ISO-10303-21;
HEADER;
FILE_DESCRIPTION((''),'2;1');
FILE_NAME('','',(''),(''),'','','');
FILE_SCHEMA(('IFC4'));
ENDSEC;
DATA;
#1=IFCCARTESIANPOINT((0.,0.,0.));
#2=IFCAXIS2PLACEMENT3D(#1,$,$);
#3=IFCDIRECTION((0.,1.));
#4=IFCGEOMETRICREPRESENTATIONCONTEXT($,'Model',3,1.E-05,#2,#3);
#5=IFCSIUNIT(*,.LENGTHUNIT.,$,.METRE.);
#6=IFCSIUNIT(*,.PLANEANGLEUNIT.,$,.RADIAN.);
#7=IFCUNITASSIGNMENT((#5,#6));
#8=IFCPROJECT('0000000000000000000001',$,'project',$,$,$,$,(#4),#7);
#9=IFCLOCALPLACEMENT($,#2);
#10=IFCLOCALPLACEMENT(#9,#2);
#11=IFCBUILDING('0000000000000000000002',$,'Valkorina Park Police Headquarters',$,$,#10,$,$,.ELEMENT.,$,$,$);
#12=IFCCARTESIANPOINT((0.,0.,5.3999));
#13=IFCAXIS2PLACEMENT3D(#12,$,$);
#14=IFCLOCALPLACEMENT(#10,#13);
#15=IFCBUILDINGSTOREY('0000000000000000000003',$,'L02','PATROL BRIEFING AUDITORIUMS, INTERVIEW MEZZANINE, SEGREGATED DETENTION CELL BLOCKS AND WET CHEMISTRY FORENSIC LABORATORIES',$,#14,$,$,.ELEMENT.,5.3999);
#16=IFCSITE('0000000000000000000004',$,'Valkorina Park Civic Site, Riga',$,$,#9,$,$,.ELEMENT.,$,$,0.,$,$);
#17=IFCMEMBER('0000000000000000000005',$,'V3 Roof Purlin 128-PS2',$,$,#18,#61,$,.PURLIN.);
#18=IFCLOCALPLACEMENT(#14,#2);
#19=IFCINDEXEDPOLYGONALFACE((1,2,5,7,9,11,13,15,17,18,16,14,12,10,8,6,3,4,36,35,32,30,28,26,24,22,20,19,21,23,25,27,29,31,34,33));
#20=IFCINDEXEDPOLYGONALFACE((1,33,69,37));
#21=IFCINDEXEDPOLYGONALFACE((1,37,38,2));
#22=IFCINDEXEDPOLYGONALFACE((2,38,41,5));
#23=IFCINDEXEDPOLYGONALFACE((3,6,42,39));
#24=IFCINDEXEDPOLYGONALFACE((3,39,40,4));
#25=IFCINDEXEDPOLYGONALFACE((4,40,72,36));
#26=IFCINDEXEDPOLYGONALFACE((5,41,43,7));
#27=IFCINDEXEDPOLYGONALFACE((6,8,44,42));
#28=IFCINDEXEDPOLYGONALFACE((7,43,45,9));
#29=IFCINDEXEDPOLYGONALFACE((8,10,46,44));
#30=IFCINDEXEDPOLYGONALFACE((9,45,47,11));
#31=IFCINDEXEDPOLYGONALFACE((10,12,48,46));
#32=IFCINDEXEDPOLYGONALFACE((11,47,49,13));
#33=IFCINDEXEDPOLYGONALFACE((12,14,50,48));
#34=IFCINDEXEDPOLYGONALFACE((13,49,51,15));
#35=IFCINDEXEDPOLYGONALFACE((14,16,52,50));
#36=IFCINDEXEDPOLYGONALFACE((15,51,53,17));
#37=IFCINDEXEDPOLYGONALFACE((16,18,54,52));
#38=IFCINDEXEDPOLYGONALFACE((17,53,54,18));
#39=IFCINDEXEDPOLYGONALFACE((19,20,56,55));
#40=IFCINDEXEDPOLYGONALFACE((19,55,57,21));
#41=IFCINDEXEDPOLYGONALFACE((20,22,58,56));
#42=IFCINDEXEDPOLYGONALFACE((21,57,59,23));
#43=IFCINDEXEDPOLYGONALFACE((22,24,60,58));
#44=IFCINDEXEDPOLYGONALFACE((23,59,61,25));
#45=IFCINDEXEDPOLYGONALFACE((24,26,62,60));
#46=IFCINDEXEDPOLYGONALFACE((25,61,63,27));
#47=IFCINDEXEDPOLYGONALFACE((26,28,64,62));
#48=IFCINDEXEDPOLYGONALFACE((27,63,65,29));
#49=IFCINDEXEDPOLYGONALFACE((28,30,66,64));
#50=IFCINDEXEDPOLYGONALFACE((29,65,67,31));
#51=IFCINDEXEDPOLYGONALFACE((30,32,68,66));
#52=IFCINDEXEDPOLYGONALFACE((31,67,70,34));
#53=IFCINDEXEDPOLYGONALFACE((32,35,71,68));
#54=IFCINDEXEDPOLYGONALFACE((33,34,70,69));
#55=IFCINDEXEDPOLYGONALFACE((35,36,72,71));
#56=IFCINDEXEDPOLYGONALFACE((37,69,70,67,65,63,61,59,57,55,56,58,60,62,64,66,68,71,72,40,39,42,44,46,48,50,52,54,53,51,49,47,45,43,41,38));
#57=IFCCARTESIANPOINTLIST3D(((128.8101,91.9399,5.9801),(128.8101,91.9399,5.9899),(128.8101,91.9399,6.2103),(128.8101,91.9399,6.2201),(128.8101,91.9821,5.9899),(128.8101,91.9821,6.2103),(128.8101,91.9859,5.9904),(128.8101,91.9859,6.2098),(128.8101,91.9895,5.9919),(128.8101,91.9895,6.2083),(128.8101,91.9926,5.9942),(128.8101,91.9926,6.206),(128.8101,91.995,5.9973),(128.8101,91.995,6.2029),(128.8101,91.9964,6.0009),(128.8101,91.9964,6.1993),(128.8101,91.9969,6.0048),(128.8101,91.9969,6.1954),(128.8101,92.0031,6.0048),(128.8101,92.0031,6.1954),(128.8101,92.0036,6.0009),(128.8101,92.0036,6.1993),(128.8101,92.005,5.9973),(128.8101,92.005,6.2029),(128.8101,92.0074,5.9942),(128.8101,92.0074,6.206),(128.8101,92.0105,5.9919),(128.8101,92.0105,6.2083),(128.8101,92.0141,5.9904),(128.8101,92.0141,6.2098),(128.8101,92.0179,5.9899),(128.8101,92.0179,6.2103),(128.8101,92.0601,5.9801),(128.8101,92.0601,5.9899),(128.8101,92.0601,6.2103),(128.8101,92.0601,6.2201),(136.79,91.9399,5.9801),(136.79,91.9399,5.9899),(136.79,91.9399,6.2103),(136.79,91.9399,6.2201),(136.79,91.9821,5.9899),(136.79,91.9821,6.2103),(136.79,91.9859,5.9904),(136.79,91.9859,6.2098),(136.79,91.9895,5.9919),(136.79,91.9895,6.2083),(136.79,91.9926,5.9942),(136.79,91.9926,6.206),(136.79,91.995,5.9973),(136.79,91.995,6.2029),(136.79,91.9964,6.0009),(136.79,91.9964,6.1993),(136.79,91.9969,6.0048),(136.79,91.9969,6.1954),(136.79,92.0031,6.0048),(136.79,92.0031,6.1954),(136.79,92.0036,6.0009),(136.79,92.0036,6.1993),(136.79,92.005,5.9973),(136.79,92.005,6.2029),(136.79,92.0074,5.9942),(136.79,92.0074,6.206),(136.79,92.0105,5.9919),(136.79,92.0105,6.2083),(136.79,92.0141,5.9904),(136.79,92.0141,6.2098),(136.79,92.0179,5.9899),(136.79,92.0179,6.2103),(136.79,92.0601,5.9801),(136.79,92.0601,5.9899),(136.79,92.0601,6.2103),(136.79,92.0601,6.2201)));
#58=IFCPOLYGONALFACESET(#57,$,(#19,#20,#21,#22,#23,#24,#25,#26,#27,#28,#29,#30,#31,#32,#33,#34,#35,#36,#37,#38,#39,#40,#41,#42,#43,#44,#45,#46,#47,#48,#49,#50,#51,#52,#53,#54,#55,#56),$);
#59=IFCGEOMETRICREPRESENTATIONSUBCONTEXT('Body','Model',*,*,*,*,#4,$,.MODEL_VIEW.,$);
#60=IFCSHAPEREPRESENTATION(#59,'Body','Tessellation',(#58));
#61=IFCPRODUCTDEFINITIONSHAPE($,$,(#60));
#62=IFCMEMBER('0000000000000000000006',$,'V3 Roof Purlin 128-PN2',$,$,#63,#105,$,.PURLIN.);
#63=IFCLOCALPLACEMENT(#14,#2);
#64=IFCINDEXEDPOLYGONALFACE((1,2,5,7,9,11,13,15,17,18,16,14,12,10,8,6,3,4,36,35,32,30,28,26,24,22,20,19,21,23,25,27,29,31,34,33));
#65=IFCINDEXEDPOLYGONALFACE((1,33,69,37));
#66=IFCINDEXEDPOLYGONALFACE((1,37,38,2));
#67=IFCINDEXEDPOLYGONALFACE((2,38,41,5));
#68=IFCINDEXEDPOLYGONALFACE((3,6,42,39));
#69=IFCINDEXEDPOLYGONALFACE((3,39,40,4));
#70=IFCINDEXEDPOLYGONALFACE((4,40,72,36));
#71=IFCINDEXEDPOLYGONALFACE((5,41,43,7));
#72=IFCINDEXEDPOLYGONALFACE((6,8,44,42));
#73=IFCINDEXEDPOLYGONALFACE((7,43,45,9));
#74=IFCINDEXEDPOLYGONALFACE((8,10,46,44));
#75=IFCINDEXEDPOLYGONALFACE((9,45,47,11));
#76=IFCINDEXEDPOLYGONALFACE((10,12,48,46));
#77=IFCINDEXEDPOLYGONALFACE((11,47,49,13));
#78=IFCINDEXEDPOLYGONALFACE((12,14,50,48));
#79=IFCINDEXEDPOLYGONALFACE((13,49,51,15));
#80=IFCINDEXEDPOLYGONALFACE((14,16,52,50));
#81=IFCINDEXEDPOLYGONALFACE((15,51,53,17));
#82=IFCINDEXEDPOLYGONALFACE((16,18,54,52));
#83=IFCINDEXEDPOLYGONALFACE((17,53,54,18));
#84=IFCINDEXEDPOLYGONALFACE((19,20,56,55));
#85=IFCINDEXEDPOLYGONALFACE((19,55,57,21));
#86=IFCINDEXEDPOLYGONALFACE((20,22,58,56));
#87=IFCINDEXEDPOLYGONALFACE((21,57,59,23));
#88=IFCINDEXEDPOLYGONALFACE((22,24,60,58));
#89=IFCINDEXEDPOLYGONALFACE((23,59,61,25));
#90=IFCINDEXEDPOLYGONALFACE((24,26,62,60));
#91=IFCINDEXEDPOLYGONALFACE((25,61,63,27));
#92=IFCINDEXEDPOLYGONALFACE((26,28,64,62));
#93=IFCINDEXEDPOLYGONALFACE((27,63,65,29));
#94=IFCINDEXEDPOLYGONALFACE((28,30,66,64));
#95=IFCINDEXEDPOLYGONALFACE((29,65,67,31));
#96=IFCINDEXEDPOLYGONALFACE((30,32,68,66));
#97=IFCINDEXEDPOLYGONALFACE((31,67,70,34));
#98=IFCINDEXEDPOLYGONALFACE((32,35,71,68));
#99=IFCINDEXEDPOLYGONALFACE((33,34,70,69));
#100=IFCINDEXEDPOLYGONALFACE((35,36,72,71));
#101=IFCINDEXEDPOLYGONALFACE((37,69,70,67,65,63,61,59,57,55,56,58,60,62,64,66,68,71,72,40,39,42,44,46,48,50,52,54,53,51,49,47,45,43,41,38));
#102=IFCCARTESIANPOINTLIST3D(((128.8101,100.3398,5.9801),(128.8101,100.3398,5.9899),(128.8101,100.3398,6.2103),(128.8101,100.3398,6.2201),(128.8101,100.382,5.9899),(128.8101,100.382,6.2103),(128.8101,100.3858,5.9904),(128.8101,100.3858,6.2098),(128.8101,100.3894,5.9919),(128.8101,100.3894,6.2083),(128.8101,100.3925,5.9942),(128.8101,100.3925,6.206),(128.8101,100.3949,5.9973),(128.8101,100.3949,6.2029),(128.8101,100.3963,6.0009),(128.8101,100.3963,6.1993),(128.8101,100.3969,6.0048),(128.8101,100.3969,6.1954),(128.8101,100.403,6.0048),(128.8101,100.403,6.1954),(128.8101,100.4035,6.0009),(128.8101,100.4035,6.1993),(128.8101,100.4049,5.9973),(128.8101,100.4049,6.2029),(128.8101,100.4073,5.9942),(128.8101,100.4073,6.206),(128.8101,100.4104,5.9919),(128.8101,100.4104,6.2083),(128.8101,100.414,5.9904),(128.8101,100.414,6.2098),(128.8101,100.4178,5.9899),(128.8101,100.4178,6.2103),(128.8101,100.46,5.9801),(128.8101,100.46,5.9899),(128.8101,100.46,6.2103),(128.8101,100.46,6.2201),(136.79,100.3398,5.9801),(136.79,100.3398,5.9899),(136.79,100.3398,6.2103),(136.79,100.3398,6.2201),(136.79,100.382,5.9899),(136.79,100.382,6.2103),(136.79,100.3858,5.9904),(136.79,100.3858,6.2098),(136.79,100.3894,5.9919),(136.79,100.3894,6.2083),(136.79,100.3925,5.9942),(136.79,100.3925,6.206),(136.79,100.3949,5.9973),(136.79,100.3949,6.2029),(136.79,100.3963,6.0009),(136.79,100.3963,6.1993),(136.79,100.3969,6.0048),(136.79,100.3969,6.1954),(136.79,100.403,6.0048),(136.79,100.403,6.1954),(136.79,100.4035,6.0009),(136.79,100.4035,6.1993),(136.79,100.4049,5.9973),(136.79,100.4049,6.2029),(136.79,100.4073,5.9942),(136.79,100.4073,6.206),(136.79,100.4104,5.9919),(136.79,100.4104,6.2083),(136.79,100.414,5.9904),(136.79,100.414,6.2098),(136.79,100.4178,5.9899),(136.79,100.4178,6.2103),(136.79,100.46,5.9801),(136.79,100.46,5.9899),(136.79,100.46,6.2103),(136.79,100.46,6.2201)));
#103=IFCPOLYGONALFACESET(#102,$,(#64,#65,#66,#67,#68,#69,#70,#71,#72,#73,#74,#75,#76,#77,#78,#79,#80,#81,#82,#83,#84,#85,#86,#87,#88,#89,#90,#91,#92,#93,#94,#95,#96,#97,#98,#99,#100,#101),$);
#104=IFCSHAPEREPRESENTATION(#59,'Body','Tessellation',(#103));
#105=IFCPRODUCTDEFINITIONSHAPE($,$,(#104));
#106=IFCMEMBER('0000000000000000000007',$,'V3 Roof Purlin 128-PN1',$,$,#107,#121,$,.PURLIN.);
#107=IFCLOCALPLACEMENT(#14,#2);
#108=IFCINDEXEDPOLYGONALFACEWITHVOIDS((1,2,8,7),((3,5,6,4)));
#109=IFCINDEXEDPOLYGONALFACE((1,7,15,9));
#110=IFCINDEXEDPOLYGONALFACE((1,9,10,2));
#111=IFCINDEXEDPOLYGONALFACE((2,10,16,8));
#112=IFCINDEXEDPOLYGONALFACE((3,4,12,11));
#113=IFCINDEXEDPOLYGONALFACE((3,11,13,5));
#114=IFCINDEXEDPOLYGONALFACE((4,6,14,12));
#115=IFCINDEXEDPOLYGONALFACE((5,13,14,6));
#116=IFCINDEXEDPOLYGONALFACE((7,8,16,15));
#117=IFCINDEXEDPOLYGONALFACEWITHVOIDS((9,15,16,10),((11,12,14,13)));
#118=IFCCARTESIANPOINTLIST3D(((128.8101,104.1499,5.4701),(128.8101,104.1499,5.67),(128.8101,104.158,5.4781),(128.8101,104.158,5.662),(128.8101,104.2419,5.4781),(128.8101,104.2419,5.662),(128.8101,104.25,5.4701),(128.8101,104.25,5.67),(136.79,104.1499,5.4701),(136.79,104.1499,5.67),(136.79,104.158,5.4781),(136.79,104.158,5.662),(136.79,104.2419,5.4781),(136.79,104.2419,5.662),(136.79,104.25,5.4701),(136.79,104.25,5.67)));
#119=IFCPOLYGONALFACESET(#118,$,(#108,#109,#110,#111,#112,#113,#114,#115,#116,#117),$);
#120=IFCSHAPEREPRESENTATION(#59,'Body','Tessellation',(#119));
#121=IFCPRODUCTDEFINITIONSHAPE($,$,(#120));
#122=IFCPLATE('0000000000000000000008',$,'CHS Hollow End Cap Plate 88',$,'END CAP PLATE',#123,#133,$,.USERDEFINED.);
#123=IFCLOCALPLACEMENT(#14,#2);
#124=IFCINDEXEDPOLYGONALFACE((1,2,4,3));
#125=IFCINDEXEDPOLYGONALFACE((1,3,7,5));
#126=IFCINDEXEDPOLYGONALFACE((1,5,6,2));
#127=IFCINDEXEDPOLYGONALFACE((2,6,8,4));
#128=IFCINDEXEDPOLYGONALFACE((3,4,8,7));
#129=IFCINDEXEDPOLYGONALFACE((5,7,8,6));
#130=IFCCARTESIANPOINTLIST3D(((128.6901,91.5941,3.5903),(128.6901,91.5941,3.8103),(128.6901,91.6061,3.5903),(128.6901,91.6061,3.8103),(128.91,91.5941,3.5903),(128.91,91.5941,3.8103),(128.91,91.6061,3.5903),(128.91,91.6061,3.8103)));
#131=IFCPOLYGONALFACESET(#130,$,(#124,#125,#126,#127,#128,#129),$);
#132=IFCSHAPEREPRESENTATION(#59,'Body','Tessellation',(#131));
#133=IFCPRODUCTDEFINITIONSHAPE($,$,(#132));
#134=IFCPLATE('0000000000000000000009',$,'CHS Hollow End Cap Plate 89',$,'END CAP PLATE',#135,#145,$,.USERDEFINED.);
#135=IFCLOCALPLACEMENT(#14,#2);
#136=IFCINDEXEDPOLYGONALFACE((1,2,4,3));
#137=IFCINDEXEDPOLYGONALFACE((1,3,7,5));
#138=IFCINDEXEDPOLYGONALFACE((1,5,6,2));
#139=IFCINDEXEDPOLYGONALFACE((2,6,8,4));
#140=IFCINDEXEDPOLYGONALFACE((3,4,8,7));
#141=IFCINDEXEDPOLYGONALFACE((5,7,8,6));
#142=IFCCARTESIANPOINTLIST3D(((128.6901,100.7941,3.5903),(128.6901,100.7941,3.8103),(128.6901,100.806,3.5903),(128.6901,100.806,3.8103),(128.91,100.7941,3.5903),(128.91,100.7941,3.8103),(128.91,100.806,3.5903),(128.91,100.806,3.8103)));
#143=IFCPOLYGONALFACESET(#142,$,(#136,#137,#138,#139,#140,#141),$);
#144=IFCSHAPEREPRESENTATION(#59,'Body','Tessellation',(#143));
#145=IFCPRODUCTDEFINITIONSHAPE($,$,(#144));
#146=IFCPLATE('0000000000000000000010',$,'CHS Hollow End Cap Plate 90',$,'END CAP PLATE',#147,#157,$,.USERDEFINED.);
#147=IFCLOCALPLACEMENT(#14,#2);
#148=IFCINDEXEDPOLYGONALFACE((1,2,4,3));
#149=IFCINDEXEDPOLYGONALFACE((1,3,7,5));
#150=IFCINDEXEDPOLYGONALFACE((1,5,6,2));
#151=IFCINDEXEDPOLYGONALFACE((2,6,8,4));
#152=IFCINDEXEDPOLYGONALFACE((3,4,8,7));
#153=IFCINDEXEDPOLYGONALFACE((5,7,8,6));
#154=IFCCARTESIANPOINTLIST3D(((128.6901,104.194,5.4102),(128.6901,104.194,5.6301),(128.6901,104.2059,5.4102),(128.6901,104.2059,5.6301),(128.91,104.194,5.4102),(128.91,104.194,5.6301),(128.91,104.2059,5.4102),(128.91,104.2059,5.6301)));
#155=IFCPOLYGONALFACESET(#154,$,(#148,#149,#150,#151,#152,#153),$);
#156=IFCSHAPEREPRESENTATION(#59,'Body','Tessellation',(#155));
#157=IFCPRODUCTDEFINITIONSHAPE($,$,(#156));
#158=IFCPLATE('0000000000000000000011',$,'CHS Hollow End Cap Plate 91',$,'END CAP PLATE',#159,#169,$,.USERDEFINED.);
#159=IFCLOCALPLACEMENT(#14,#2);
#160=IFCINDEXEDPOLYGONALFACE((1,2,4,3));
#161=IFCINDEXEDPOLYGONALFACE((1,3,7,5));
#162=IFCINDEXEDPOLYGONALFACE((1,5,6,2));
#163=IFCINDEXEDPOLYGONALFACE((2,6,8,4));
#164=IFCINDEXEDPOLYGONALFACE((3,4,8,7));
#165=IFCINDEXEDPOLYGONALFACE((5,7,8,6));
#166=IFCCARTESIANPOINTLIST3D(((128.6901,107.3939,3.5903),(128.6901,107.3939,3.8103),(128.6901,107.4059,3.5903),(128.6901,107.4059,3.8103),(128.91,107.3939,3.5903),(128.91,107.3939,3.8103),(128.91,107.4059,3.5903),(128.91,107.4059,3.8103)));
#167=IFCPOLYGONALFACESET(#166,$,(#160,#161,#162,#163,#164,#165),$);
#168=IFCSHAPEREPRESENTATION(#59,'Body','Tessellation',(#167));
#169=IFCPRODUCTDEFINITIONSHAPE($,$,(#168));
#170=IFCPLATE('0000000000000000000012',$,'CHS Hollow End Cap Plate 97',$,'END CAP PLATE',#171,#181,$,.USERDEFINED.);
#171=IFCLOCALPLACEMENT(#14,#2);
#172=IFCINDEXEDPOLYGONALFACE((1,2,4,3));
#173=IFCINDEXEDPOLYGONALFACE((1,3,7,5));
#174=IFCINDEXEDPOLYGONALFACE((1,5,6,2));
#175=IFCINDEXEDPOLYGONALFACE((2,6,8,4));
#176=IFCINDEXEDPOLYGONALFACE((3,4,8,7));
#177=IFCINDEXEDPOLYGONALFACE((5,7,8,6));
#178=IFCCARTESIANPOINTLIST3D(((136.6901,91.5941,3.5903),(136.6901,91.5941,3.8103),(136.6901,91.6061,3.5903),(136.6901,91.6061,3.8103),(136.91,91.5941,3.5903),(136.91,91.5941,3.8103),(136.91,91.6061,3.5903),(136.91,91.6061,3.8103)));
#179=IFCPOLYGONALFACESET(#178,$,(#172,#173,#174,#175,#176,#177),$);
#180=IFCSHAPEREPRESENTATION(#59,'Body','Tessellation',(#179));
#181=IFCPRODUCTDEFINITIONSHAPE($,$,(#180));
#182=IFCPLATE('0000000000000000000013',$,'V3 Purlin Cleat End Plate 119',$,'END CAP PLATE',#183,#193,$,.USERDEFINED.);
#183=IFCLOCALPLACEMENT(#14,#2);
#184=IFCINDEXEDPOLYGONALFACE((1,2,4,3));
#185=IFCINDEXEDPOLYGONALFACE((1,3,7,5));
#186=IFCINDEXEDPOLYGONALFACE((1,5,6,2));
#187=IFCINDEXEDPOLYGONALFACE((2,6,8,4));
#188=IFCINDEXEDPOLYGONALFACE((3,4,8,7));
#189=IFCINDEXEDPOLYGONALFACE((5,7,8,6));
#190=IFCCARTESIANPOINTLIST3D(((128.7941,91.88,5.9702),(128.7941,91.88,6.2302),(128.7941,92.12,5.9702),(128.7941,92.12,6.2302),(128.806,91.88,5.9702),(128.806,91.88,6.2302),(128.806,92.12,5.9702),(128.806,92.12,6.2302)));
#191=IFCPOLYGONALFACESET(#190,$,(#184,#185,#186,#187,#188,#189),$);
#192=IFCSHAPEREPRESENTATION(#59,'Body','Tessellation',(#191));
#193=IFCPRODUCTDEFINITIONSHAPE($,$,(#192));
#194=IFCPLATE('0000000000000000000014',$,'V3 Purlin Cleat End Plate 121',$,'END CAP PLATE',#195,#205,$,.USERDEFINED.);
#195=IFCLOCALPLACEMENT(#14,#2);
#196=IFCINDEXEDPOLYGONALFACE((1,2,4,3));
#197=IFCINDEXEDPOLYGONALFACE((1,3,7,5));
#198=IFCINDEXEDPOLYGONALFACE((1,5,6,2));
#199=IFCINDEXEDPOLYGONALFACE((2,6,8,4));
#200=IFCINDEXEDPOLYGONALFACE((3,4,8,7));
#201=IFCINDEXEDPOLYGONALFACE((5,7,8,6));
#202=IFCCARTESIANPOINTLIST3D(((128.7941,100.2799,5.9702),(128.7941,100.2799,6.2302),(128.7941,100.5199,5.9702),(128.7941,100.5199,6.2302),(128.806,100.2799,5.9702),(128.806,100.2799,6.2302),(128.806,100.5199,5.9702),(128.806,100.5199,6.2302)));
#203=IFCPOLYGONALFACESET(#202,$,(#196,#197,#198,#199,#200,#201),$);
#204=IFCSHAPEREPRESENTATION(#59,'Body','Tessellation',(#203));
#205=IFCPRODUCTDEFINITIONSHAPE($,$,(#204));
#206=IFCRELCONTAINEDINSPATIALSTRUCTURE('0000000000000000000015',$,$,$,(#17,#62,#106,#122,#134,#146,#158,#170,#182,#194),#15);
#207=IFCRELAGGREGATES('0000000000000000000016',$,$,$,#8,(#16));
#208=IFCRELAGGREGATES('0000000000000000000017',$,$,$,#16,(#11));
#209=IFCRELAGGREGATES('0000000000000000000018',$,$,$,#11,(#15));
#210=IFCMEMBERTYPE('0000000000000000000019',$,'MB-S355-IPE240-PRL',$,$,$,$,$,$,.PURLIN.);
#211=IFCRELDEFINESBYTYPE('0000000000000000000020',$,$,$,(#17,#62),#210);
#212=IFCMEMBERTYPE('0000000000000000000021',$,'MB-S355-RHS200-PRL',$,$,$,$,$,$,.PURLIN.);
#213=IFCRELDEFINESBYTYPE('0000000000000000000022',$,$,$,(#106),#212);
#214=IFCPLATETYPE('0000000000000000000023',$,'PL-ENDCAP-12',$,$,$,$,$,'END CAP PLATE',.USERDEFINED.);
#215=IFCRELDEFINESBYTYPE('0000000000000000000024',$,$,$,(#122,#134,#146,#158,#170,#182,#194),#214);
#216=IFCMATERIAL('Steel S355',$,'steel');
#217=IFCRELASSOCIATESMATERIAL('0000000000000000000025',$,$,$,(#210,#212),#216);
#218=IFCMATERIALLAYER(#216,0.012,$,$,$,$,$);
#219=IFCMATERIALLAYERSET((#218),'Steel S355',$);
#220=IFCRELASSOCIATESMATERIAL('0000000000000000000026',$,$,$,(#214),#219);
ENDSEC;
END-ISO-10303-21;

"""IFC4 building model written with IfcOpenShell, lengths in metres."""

from ifc_helpers import new_model, si_unit, direction, frame, origin, origin_2d, place, context, subcontext, project, spatial, rectangle, hollow_rectangle, i_section, extrude, material, layer, layer_set, material_profile, profile_set, type_object, element, save


model = new_model("IFC4")

# Units and contexts
model_context = context("Model", 3, precision=1e-05, world=origin(), true_north=direction((0.0, 1.0)))
body_context = subcontext(model_context, "Body", "Model", "MODEL_VIEW")
ifc_project = project(units=[si_unit("LENGTHUNIT", "METRE"), si_unit("PLANEANGLEUNIT", "RADIAN")], contexts=[model_context])

# Site, building, storey
site_placement = place(None, origin())
site = spatial("IfcSite", under=ifc_project, at=site_placement, Name="Valkorina Park Civic Site, Riga", CompositionType="ELEMENT", RefElevation=0.0)
building_placement = place(site_placement, origin())
building = spatial("IfcBuilding", under=site, at=building_placement, Name="Valkorina Park Police Headquarters", CompositionType="ELEMENT")
storey_placement = place(building_placement, frame((0.0, 0.0, 5.3999)))
storey = spatial("IfcBuildingStorey", under=building, at=storey_placement, Name="L02", Description="PATROL BRIEFING AUDITORIUMS, INTERVIEW MEZZANINE, SEGREGATED DETENTION CELL BLOCKS AND WET CHEMISTRY FORENSIC LABORATORIES", CompositionType="ELEMENT", Elevation=5.3999)

# Members
ifc_material_1 = material(Name="Steel S355", Category="steel")
ifc_material_profile_1 = material_profile(ifc_material_1, i_section(OverallWidth=0.1201, OverallDepth=0.24, WebThickness=0.0061, FlangeThickness=0.0098, FilletRadius=0.0149, at=origin_2d()), Name="IPE 240")
ifc_profile_set_1 = profile_set([ifc_material_profile_1], Name="Steel S355")
member_type_1 = type_object("IfcMemberType", Name="MB-S355-IPE240-PRL", PredefinedType="PURLIN", material=ifc_profile_set_1)
for number, where, z_axis, x_axis, name in (
    (1, (128.8101, 92.0, 6.1001), (1.0, 0.0, 0.0), (0.0, 1.0, 0.0), "V3 Roof Purlin 128-PS2"),
    (2, (128.8101, 100.3999, 6.1001), (1.0, 0.0, 0.0), (0.0, 1.0, 0.0), "V3 Roof Purlin 128-PN2"),
):
    element("IfcMember", number, at=place(storey_placement, frame(where, z_axis=z_axis, x_axis=x_axis)), inside=storey, type_object=member_type_1, Name=name, PredefinedType="PURLIN", context=body_context, shape_type="SweptSolid", body=[
        extrude(i_section(OverallWidth=0.1201, OverallDepth=0.24, WebThickness=0.0061, FlangeThickness=0.0098, FilletRadius=0.0149, at=origin_2d()), origin(), (0.0, 0.0, 1.0), 7.98),
    ])
ifc_material_profile_2 = material_profile(ifc_material_1, hollow_rectangle(XDim=0.1001, YDim=0.2, WallThickness=0.0081, at=origin_2d()), Name="RHS 200x100x8")
ifc_profile_set_2 = profile_set([ifc_material_profile_2], Name="Steel S355")
member_type_2 = type_object("IfcMemberType", Name="MB-S355-RHS200-PRL", PredefinedType="PURLIN", material=ifc_profile_set_2)
member_1_placement = place(storey_placement, frame((128.8101, 104.2, 5.5701), z_axis=(1.0, 0.0, 0.0), x_axis=(0.0, 1.0, 0.0)))
element("IfcMember", 3, at=member_1_placement, inside=storey, type_object=member_type_2, Name="V3 Roof Purlin 128-PN1", PredefinedType="PURLIN", context=body_context, shape_type="SweptSolid", body=[
    extrude(hollow_rectangle(XDim=0.1001, YDim=0.2, WallThickness=0.0081, at=origin_2d()), origin(), (0.0, 0.0, 1.0), 7.98),
])

# Plates
ifc_layer_1 = layer(ifc_material_1, 0.012)
ifc_layer_set_1 = layer_set([ifc_layer_1], Name="Steel S355")
plate_type_1 = type_object("IfcPlateType", Name="PL-ENDCAP-12", ElementType="END CAP PLATE", PredefinedType="USERDEFINED", material=ifc_layer_set_1)
for number, where, z_axis, x_axis, name in (
    (4, (128.8, 91.6001, 3.5903), (0.0, 0.0, 1.0), (1.0, 0.0, 0.0), "CHS Hollow End Cap Plate 88"),
    (5, (128.8, 100.8, 3.5903), (0.0, 0.0, 1.0), (1.0, 0.0, 0.0), "CHS Hollow End Cap Plate 89"),
    (6, (128.8, 104.2, 5.4102), (0.0, 0.0, 1.0), (1.0, 0.0, 0.0), "CHS Hollow End Cap Plate 90"),
    (7, (128.8, 107.3999, 3.5903), (0.0, 0.0, 1.0), (1.0, 0.0, 0.0), "CHS Hollow End Cap Plate 91"),
    (8, (136.8, 91.6001, 3.5903), (0.0, 0.0, 1.0), (1.0, 0.0, 0.0), "CHS Hollow End Cap Plate 97"),
):
    element("IfcPlate", number, at=place(storey_placement, frame(where, z_axis=z_axis, x_axis=x_axis)), inside=storey, type_object=plate_type_1, Name=name, ObjectType="END CAP PLATE", PredefinedType="USERDEFINED", context=body_context, shape_type="SweptSolid", body=[
        extrude(rectangle(XDim=0.22, YDim=0.012, at=origin_2d()), origin(), (0.0, 0.0, 1.0), 0.22),
    ])
for number, where, z_axis, x_axis, name in (
    (9, (128.8, 92.0, 5.9702), (0.0, 0.0, 1.0), (1.0, 0.0, 0.0), "V3 Purlin Cleat End Plate 119"),
    (10, (128.8, 100.3999, 5.9702), (0.0, 0.0, 1.0), (1.0, 0.0, 0.0), "V3 Purlin Cleat End Plate 121"),
):
    element("IfcPlate", number, at=place(storey_placement, frame(where, z_axis=z_axis, x_axis=x_axis)), inside=storey, type_object=plate_type_1, Name=name, ObjectType="END CAP PLATE", PredefinedType="USERDEFINED", context=body_context, shape_type="SweptSolid", body=[
        extrude(rectangle(XDim=0.012, YDim=0.24, at=origin_2d()), origin(), (0.0, 0.0, 1.0), 0.26),
    ])

save(model, "model.ifc")
